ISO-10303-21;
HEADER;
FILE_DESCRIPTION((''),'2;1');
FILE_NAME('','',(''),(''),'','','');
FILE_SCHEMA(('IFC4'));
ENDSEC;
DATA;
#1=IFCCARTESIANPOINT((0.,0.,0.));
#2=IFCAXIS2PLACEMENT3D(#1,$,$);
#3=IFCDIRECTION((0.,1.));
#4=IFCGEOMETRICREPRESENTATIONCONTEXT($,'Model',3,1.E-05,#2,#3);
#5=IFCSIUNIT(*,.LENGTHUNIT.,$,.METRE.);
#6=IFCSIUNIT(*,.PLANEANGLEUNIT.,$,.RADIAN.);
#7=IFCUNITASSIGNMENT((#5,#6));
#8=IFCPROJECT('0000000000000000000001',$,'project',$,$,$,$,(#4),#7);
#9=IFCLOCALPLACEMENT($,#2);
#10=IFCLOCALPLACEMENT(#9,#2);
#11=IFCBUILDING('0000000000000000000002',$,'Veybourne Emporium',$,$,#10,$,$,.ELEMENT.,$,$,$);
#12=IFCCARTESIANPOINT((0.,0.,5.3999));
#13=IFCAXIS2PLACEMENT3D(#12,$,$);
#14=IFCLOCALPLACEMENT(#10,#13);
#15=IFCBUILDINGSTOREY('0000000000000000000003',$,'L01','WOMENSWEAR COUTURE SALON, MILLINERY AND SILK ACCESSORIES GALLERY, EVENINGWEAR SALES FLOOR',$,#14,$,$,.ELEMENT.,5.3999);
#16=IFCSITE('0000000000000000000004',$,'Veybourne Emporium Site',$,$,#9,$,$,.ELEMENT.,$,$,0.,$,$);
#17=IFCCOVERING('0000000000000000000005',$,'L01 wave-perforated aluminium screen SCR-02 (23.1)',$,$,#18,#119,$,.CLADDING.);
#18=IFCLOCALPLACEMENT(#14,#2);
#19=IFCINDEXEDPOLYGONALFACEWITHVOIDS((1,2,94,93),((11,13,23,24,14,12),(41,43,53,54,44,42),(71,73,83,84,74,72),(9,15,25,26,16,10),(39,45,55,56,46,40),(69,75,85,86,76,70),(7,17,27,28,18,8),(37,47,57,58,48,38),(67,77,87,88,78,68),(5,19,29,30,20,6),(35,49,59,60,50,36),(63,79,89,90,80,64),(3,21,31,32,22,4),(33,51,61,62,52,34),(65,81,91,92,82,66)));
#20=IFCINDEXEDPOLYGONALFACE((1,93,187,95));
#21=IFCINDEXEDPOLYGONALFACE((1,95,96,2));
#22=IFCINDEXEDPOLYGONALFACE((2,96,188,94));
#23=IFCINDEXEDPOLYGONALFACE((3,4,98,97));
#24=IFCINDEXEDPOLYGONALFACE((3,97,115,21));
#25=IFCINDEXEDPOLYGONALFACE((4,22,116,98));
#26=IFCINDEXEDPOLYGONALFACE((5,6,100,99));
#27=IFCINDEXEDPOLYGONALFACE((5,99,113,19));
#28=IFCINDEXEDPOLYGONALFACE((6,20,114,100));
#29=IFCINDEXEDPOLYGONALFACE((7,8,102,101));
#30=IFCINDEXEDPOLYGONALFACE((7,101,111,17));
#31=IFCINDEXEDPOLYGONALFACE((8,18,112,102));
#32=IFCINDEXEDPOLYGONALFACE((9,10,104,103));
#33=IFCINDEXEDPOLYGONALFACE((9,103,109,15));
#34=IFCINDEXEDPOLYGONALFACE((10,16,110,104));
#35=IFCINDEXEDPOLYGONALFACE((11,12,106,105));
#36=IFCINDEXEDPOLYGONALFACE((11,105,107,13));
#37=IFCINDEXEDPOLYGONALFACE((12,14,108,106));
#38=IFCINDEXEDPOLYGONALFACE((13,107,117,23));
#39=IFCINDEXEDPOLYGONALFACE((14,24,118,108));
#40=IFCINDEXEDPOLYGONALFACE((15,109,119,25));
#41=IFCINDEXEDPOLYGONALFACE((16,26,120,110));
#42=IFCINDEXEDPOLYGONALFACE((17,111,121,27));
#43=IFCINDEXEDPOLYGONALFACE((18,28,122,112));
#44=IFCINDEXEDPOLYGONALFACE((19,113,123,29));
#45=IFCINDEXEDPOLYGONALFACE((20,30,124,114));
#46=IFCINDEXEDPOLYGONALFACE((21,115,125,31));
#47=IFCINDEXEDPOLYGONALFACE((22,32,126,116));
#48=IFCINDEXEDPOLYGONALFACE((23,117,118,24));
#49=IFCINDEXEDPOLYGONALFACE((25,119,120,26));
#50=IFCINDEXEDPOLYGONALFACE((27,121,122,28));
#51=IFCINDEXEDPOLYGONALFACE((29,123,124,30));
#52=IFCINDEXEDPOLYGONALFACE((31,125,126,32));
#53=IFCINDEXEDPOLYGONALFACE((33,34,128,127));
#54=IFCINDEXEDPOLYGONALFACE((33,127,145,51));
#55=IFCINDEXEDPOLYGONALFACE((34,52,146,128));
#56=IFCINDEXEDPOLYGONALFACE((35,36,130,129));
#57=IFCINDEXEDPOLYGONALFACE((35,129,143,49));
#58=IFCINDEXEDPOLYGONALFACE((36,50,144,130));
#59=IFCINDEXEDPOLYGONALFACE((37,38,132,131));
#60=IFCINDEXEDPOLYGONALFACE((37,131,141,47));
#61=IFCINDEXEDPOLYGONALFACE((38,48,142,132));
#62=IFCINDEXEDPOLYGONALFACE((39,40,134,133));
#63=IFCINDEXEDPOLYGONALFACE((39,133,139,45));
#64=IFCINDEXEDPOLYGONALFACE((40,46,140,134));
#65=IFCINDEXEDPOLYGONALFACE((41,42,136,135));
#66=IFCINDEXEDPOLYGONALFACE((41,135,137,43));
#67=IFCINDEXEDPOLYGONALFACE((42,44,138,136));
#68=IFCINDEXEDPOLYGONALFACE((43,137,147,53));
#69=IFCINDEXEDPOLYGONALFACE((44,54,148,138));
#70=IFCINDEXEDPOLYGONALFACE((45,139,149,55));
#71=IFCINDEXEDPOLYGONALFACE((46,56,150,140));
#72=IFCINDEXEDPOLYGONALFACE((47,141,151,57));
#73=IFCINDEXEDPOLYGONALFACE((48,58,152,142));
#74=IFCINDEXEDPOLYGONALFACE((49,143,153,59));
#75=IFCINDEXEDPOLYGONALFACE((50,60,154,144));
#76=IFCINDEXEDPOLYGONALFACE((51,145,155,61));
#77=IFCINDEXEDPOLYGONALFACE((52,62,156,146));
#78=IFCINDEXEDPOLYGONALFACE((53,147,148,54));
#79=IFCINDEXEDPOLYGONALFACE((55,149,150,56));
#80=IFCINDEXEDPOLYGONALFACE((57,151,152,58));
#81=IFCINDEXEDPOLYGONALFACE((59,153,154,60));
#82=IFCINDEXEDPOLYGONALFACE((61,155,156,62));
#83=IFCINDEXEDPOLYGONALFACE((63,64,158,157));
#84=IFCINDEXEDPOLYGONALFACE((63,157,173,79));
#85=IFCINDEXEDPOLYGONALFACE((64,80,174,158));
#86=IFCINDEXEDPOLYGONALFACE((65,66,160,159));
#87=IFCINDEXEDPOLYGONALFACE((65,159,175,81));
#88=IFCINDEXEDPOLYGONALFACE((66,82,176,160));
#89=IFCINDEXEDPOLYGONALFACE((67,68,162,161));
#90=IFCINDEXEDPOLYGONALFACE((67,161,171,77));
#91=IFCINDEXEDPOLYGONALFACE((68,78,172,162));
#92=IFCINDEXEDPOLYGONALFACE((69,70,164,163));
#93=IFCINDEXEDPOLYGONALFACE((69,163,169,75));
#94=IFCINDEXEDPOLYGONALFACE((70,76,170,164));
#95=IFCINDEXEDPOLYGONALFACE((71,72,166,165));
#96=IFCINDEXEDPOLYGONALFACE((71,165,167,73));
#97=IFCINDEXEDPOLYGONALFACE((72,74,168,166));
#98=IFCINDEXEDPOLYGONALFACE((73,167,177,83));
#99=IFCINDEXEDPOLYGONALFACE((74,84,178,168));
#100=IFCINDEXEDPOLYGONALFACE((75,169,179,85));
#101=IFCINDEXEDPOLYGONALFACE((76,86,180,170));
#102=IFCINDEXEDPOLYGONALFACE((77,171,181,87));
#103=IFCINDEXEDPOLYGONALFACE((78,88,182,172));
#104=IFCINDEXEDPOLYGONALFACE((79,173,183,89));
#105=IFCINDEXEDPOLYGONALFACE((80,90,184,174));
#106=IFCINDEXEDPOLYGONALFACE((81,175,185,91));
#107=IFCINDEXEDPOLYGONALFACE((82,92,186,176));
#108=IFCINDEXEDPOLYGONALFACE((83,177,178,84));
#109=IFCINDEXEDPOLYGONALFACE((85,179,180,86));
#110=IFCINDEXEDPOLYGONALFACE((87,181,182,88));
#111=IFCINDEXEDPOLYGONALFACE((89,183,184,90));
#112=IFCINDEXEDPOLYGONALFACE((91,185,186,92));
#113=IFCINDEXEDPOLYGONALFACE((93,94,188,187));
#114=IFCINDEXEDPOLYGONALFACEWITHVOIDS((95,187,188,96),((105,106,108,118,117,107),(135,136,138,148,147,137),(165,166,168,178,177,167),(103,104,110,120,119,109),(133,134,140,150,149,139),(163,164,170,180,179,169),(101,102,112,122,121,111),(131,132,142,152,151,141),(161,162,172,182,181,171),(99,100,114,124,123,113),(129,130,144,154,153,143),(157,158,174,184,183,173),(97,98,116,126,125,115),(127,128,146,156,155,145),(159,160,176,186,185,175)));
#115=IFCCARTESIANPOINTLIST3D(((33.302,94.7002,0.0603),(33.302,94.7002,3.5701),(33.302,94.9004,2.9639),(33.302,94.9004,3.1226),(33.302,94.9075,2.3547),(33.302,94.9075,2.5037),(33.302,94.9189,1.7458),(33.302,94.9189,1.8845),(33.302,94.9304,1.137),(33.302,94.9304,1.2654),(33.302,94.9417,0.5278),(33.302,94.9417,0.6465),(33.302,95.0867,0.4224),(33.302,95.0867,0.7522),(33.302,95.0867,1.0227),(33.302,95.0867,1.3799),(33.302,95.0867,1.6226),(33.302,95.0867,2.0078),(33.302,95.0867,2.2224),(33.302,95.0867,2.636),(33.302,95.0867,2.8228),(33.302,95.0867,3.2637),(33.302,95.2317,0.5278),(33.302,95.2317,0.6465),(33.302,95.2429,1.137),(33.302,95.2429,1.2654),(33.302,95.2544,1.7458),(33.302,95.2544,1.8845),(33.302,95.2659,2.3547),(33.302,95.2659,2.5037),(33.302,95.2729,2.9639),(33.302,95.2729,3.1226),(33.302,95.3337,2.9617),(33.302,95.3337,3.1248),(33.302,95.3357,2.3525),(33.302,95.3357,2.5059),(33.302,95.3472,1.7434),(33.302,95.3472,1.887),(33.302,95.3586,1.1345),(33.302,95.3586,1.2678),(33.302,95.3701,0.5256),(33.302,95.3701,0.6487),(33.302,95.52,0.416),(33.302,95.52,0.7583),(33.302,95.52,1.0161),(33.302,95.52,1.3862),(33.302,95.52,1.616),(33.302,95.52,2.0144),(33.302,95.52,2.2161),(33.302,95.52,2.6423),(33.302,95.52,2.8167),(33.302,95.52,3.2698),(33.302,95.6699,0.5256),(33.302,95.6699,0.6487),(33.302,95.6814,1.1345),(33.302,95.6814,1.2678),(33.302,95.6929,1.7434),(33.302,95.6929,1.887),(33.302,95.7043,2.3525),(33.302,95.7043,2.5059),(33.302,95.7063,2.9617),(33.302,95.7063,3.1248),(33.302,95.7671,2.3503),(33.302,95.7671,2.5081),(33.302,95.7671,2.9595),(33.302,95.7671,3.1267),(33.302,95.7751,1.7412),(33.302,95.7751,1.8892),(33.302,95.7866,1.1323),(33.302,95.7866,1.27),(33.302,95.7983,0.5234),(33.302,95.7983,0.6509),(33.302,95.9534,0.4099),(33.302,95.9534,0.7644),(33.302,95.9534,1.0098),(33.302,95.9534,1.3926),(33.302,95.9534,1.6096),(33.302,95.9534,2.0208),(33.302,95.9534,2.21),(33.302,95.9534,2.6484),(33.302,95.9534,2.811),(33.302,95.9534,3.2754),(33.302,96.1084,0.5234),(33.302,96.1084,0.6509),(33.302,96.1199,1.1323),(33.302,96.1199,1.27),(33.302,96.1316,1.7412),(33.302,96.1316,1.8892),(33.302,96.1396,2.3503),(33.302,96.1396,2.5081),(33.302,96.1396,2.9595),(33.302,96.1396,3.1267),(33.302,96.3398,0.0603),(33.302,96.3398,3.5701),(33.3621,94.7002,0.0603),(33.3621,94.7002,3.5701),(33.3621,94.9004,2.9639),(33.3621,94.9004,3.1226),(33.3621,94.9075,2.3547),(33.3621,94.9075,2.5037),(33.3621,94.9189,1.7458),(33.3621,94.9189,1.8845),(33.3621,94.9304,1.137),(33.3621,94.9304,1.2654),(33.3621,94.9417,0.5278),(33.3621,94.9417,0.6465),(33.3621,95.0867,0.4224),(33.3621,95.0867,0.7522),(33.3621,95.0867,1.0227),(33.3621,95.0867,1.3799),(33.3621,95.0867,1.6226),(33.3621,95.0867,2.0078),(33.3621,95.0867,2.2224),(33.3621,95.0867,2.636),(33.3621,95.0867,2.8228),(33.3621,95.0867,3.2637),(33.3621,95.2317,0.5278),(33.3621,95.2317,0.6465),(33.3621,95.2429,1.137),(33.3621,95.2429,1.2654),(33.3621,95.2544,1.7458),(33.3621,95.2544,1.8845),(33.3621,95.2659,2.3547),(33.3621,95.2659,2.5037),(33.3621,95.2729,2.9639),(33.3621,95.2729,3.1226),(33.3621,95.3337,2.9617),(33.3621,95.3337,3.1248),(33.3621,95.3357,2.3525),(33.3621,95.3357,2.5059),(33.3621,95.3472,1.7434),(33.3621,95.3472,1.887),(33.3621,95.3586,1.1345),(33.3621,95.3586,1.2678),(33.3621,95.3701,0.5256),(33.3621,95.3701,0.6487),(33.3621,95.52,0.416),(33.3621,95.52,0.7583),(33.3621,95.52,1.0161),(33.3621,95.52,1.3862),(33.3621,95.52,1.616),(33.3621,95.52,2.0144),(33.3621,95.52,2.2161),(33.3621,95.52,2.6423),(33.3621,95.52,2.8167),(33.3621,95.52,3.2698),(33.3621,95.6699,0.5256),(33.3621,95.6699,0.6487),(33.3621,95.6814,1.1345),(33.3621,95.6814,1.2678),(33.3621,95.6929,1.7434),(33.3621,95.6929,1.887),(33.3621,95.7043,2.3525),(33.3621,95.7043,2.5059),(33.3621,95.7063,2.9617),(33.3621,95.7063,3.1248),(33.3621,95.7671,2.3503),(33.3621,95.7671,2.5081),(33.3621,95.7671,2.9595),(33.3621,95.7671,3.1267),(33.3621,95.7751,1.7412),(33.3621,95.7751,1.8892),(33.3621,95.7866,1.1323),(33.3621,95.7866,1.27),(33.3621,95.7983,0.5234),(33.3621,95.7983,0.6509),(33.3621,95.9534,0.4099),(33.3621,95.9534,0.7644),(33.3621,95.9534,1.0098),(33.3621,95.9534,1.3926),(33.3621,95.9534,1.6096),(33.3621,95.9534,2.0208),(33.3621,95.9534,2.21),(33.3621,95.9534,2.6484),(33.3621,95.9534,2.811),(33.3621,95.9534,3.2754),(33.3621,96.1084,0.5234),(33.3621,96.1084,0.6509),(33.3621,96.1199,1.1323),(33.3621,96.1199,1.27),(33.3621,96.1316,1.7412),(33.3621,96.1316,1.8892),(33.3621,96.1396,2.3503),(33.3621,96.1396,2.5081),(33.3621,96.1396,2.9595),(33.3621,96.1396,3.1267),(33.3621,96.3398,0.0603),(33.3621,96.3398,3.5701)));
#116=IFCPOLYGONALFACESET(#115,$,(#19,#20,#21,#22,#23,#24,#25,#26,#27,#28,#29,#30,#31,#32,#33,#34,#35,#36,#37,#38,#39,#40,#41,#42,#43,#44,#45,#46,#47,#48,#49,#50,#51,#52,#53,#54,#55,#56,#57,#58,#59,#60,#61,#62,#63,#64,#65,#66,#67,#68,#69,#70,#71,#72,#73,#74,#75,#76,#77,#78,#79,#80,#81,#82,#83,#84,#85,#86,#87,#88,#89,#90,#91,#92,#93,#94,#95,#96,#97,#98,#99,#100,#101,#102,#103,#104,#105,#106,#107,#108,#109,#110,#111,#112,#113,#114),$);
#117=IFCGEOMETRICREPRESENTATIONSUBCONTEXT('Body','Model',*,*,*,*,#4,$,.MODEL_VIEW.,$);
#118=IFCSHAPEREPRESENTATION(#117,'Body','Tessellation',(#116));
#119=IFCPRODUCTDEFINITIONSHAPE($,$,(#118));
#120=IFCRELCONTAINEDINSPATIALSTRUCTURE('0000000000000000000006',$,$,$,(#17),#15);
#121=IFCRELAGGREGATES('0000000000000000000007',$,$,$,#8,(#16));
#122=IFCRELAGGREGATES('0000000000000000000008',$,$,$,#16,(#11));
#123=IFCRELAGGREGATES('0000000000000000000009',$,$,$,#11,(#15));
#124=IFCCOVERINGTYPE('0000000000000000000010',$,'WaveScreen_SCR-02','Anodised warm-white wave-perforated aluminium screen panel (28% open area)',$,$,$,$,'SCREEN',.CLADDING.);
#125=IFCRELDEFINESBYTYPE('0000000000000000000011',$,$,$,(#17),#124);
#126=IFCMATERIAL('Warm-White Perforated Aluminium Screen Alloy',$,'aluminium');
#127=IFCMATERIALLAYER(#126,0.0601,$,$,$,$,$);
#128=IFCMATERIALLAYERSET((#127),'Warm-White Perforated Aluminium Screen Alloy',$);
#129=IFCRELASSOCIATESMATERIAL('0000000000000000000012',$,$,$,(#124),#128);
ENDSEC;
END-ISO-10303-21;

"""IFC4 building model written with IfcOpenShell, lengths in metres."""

from ifc_helpers import new_model, si_unit, direction, frame, origin, place, context, subcontext, project, spatial, polyline, outline, extrude, material, layer, layer_set, type_object, element, save


model = new_model("IFC4")

# Units and contexts
model_context = context("Model", 3, precision=1e-05, world=origin(), true_north=direction((0.0, 1.0)))
body_context = subcontext(model_context, "Body", "Model", "MODEL_VIEW")
ifc_project = project(units=[si_unit("LENGTHUNIT", "METRE"), si_unit("PLANEANGLEUNIT", "RADIAN")], contexts=[model_context])

# Site, building, storey
site_placement = place(None, origin())
site = spatial("IfcSite", under=ifc_project, at=site_placement, Name="Veybourne Emporium Site", CompositionType="ELEMENT", RefElevation=0.0)
building_placement = place(site_placement, origin())
building = spatial("IfcBuilding", under=site, at=building_placement, Name="Veybourne Emporium", CompositionType="ELEMENT")
storey_placement = place(building_placement, frame((0.0, 0.0, 5.3999)))
storey = spatial("IfcBuildingStorey", under=building, at=storey_placement, Name="L01", Description="WOMENSWEAR COUTURE SALON, MILLINERY AND SILK ACCESSORIES GALLERY, EVENINGWEAR SALES FLOOR", CompositionType="ELEMENT", Elevation=5.3999)

# Covering
ifc_material_1 = material(Name="Warm-White Perforated Aluminium Screen Alloy", Category="aluminium")
ifc_layer_1 = layer(ifc_material_1, 0.0601)
ifc_layer_set_1 = layer_set([ifc_layer_1], Name="Warm-White Perforated Aluminium Screen Alloy")
covering_type_1 = type_object("IfcCoveringType", Name="WaveScreen_SCR-02", Description="Anodised warm-white wave-perforated aluminium screen panel (28% open area)", ElementType="SCREEN", PredefinedType="CLADDING", material=ifc_layer_set_1)
covering_1_placement = place(storey_placement, frame((33.302, 95.52, 1.8152), z_axis=(1.0, 0.0, 0.0), x_axis=(0.0, 1.0, 0.0)))
element("IfcCovering", 1, at=covering_1_placement, inside=storey, type_object=covering_type_1, Name="L01 wave-perforated aluminium screen SCR-02 (23.1)", PredefinedType="CLADDING", context=body_context, shape_type="SweptSolid", body=[
    extrude(outline(polyline([(-0.8198, -1.7549), (0.8198, -1.7549), (0.8198, 1.7549), (-0.8198, 1.7549), (-0.8198, -1.7549)]), holes=[polyline([(-0.4333, -1.063), (-0.2883, -1.1687), (-0.2883, -1.2874), (-0.4333, -1.3928), (-0.5784, -1.2874), (-0.5784, -1.1687), (-0.4333, -1.063)]), polyline([(-0.4333, -0.4353), (-0.2771, -0.5498), (-0.2771, -0.6782), (-0.4333, -0.7925), (-0.5896, -0.6782), (-0.5896, -0.5498), (-0.4333, -0.4353)]), polyline([(-0.4333, 0.1926), (-0.2656, 0.0693), (-0.2656, -0.0693), (-0.4333, -0.1926), (-0.6011, -0.0693), (-0.6011, 0.0693), (-0.4333, 0.1926)]), polyline([(-0.4333, 0.8208), (-0.2542, 0.6885), (-0.2542, 0.5396), (-0.4333, 0.4072), (-0.6125, 0.5396), (-0.6125, 0.6885), (-0.4333, 0.8208)]), polyline([(-0.4333, 1.4485), (-0.2471, 1.3074), (-0.2471, 1.1487), (-0.4333, 1.0076), (-0.6196, 1.1487), (-0.6196, 1.3074), (-0.4333, 1.4485)]), polyline([(0.0, -1.0569), (0.1499, -1.1665), (0.1499, -1.2896), (0.0, -1.3992), (-0.1499, -1.2896), (-0.1499, -1.1665), (0.0, -1.0569)]), polyline([(0.0, -0.429), (0.1614, -0.5474), (0.1614, -0.6807), (0.0, -0.7991), (-0.1614, -0.6807), (-0.1614, -0.5474), (0.0, -0.429)]), polyline([(0.0, 0.1992), (0.1729, 0.0718), (0.1729, -0.0718), (0.0, -0.1992), (-0.1729, -0.0718), (-0.1729, 0.0718), (0.0, 0.1992)]), polyline([(0.0, 0.8271), (0.1843, 0.6907), (0.1843, 0.5374), (0.0, 0.4009), (-0.1843, 0.5374), (-0.1843, 0.6907), (0.0, 0.8271)]), polyline([(0.0, 1.4546), (0.1863, 1.3096), (0.1863, 1.1465), (0.0, 1.0015), (-0.1863, 1.1465), (-0.1863, 1.3096), (0.0, 1.4546)]), polyline([(0.4333, -1.0508), (0.5884, -1.1643), (0.5884, -1.2917), (0.4333, -1.4053), (0.2783, -1.2917), (0.2783, -1.1643), (0.4333, -1.0508)]), polyline([(0.4333, -0.4226), (0.5999, -0.5452), (0.5999, -0.6829), (0.4333, -0.8054), (0.2666, -0.6829), (0.2666, -0.5452), (0.4333, -0.4226)]), polyline([(0.4333, 0.2056), (0.6116, 0.074), (0.6116, -0.074), (0.4333, -0.2056), (0.2551, -0.074), (0.2551, 0.074), (0.4333, 0.2056)]), polyline([(0.4333, 0.8333), (0.6196, 0.6929), (0.6196, 0.5352), (0.4333, 0.3948), (0.2471, 0.5352), (0.2471, 0.6929), (0.4333, 0.8333)]), polyline([(0.4333, 1.4602), (0.6196, 1.3115), (0.6196, 1.1443), (0.4333, 0.9958), (0.2471, 1.1443), (0.2471, 1.3115), (0.4333, 1.4602)])]), origin(), (0.0, 0.0, 1.0), 0.0601),
])

save(model, "model.ifc")
